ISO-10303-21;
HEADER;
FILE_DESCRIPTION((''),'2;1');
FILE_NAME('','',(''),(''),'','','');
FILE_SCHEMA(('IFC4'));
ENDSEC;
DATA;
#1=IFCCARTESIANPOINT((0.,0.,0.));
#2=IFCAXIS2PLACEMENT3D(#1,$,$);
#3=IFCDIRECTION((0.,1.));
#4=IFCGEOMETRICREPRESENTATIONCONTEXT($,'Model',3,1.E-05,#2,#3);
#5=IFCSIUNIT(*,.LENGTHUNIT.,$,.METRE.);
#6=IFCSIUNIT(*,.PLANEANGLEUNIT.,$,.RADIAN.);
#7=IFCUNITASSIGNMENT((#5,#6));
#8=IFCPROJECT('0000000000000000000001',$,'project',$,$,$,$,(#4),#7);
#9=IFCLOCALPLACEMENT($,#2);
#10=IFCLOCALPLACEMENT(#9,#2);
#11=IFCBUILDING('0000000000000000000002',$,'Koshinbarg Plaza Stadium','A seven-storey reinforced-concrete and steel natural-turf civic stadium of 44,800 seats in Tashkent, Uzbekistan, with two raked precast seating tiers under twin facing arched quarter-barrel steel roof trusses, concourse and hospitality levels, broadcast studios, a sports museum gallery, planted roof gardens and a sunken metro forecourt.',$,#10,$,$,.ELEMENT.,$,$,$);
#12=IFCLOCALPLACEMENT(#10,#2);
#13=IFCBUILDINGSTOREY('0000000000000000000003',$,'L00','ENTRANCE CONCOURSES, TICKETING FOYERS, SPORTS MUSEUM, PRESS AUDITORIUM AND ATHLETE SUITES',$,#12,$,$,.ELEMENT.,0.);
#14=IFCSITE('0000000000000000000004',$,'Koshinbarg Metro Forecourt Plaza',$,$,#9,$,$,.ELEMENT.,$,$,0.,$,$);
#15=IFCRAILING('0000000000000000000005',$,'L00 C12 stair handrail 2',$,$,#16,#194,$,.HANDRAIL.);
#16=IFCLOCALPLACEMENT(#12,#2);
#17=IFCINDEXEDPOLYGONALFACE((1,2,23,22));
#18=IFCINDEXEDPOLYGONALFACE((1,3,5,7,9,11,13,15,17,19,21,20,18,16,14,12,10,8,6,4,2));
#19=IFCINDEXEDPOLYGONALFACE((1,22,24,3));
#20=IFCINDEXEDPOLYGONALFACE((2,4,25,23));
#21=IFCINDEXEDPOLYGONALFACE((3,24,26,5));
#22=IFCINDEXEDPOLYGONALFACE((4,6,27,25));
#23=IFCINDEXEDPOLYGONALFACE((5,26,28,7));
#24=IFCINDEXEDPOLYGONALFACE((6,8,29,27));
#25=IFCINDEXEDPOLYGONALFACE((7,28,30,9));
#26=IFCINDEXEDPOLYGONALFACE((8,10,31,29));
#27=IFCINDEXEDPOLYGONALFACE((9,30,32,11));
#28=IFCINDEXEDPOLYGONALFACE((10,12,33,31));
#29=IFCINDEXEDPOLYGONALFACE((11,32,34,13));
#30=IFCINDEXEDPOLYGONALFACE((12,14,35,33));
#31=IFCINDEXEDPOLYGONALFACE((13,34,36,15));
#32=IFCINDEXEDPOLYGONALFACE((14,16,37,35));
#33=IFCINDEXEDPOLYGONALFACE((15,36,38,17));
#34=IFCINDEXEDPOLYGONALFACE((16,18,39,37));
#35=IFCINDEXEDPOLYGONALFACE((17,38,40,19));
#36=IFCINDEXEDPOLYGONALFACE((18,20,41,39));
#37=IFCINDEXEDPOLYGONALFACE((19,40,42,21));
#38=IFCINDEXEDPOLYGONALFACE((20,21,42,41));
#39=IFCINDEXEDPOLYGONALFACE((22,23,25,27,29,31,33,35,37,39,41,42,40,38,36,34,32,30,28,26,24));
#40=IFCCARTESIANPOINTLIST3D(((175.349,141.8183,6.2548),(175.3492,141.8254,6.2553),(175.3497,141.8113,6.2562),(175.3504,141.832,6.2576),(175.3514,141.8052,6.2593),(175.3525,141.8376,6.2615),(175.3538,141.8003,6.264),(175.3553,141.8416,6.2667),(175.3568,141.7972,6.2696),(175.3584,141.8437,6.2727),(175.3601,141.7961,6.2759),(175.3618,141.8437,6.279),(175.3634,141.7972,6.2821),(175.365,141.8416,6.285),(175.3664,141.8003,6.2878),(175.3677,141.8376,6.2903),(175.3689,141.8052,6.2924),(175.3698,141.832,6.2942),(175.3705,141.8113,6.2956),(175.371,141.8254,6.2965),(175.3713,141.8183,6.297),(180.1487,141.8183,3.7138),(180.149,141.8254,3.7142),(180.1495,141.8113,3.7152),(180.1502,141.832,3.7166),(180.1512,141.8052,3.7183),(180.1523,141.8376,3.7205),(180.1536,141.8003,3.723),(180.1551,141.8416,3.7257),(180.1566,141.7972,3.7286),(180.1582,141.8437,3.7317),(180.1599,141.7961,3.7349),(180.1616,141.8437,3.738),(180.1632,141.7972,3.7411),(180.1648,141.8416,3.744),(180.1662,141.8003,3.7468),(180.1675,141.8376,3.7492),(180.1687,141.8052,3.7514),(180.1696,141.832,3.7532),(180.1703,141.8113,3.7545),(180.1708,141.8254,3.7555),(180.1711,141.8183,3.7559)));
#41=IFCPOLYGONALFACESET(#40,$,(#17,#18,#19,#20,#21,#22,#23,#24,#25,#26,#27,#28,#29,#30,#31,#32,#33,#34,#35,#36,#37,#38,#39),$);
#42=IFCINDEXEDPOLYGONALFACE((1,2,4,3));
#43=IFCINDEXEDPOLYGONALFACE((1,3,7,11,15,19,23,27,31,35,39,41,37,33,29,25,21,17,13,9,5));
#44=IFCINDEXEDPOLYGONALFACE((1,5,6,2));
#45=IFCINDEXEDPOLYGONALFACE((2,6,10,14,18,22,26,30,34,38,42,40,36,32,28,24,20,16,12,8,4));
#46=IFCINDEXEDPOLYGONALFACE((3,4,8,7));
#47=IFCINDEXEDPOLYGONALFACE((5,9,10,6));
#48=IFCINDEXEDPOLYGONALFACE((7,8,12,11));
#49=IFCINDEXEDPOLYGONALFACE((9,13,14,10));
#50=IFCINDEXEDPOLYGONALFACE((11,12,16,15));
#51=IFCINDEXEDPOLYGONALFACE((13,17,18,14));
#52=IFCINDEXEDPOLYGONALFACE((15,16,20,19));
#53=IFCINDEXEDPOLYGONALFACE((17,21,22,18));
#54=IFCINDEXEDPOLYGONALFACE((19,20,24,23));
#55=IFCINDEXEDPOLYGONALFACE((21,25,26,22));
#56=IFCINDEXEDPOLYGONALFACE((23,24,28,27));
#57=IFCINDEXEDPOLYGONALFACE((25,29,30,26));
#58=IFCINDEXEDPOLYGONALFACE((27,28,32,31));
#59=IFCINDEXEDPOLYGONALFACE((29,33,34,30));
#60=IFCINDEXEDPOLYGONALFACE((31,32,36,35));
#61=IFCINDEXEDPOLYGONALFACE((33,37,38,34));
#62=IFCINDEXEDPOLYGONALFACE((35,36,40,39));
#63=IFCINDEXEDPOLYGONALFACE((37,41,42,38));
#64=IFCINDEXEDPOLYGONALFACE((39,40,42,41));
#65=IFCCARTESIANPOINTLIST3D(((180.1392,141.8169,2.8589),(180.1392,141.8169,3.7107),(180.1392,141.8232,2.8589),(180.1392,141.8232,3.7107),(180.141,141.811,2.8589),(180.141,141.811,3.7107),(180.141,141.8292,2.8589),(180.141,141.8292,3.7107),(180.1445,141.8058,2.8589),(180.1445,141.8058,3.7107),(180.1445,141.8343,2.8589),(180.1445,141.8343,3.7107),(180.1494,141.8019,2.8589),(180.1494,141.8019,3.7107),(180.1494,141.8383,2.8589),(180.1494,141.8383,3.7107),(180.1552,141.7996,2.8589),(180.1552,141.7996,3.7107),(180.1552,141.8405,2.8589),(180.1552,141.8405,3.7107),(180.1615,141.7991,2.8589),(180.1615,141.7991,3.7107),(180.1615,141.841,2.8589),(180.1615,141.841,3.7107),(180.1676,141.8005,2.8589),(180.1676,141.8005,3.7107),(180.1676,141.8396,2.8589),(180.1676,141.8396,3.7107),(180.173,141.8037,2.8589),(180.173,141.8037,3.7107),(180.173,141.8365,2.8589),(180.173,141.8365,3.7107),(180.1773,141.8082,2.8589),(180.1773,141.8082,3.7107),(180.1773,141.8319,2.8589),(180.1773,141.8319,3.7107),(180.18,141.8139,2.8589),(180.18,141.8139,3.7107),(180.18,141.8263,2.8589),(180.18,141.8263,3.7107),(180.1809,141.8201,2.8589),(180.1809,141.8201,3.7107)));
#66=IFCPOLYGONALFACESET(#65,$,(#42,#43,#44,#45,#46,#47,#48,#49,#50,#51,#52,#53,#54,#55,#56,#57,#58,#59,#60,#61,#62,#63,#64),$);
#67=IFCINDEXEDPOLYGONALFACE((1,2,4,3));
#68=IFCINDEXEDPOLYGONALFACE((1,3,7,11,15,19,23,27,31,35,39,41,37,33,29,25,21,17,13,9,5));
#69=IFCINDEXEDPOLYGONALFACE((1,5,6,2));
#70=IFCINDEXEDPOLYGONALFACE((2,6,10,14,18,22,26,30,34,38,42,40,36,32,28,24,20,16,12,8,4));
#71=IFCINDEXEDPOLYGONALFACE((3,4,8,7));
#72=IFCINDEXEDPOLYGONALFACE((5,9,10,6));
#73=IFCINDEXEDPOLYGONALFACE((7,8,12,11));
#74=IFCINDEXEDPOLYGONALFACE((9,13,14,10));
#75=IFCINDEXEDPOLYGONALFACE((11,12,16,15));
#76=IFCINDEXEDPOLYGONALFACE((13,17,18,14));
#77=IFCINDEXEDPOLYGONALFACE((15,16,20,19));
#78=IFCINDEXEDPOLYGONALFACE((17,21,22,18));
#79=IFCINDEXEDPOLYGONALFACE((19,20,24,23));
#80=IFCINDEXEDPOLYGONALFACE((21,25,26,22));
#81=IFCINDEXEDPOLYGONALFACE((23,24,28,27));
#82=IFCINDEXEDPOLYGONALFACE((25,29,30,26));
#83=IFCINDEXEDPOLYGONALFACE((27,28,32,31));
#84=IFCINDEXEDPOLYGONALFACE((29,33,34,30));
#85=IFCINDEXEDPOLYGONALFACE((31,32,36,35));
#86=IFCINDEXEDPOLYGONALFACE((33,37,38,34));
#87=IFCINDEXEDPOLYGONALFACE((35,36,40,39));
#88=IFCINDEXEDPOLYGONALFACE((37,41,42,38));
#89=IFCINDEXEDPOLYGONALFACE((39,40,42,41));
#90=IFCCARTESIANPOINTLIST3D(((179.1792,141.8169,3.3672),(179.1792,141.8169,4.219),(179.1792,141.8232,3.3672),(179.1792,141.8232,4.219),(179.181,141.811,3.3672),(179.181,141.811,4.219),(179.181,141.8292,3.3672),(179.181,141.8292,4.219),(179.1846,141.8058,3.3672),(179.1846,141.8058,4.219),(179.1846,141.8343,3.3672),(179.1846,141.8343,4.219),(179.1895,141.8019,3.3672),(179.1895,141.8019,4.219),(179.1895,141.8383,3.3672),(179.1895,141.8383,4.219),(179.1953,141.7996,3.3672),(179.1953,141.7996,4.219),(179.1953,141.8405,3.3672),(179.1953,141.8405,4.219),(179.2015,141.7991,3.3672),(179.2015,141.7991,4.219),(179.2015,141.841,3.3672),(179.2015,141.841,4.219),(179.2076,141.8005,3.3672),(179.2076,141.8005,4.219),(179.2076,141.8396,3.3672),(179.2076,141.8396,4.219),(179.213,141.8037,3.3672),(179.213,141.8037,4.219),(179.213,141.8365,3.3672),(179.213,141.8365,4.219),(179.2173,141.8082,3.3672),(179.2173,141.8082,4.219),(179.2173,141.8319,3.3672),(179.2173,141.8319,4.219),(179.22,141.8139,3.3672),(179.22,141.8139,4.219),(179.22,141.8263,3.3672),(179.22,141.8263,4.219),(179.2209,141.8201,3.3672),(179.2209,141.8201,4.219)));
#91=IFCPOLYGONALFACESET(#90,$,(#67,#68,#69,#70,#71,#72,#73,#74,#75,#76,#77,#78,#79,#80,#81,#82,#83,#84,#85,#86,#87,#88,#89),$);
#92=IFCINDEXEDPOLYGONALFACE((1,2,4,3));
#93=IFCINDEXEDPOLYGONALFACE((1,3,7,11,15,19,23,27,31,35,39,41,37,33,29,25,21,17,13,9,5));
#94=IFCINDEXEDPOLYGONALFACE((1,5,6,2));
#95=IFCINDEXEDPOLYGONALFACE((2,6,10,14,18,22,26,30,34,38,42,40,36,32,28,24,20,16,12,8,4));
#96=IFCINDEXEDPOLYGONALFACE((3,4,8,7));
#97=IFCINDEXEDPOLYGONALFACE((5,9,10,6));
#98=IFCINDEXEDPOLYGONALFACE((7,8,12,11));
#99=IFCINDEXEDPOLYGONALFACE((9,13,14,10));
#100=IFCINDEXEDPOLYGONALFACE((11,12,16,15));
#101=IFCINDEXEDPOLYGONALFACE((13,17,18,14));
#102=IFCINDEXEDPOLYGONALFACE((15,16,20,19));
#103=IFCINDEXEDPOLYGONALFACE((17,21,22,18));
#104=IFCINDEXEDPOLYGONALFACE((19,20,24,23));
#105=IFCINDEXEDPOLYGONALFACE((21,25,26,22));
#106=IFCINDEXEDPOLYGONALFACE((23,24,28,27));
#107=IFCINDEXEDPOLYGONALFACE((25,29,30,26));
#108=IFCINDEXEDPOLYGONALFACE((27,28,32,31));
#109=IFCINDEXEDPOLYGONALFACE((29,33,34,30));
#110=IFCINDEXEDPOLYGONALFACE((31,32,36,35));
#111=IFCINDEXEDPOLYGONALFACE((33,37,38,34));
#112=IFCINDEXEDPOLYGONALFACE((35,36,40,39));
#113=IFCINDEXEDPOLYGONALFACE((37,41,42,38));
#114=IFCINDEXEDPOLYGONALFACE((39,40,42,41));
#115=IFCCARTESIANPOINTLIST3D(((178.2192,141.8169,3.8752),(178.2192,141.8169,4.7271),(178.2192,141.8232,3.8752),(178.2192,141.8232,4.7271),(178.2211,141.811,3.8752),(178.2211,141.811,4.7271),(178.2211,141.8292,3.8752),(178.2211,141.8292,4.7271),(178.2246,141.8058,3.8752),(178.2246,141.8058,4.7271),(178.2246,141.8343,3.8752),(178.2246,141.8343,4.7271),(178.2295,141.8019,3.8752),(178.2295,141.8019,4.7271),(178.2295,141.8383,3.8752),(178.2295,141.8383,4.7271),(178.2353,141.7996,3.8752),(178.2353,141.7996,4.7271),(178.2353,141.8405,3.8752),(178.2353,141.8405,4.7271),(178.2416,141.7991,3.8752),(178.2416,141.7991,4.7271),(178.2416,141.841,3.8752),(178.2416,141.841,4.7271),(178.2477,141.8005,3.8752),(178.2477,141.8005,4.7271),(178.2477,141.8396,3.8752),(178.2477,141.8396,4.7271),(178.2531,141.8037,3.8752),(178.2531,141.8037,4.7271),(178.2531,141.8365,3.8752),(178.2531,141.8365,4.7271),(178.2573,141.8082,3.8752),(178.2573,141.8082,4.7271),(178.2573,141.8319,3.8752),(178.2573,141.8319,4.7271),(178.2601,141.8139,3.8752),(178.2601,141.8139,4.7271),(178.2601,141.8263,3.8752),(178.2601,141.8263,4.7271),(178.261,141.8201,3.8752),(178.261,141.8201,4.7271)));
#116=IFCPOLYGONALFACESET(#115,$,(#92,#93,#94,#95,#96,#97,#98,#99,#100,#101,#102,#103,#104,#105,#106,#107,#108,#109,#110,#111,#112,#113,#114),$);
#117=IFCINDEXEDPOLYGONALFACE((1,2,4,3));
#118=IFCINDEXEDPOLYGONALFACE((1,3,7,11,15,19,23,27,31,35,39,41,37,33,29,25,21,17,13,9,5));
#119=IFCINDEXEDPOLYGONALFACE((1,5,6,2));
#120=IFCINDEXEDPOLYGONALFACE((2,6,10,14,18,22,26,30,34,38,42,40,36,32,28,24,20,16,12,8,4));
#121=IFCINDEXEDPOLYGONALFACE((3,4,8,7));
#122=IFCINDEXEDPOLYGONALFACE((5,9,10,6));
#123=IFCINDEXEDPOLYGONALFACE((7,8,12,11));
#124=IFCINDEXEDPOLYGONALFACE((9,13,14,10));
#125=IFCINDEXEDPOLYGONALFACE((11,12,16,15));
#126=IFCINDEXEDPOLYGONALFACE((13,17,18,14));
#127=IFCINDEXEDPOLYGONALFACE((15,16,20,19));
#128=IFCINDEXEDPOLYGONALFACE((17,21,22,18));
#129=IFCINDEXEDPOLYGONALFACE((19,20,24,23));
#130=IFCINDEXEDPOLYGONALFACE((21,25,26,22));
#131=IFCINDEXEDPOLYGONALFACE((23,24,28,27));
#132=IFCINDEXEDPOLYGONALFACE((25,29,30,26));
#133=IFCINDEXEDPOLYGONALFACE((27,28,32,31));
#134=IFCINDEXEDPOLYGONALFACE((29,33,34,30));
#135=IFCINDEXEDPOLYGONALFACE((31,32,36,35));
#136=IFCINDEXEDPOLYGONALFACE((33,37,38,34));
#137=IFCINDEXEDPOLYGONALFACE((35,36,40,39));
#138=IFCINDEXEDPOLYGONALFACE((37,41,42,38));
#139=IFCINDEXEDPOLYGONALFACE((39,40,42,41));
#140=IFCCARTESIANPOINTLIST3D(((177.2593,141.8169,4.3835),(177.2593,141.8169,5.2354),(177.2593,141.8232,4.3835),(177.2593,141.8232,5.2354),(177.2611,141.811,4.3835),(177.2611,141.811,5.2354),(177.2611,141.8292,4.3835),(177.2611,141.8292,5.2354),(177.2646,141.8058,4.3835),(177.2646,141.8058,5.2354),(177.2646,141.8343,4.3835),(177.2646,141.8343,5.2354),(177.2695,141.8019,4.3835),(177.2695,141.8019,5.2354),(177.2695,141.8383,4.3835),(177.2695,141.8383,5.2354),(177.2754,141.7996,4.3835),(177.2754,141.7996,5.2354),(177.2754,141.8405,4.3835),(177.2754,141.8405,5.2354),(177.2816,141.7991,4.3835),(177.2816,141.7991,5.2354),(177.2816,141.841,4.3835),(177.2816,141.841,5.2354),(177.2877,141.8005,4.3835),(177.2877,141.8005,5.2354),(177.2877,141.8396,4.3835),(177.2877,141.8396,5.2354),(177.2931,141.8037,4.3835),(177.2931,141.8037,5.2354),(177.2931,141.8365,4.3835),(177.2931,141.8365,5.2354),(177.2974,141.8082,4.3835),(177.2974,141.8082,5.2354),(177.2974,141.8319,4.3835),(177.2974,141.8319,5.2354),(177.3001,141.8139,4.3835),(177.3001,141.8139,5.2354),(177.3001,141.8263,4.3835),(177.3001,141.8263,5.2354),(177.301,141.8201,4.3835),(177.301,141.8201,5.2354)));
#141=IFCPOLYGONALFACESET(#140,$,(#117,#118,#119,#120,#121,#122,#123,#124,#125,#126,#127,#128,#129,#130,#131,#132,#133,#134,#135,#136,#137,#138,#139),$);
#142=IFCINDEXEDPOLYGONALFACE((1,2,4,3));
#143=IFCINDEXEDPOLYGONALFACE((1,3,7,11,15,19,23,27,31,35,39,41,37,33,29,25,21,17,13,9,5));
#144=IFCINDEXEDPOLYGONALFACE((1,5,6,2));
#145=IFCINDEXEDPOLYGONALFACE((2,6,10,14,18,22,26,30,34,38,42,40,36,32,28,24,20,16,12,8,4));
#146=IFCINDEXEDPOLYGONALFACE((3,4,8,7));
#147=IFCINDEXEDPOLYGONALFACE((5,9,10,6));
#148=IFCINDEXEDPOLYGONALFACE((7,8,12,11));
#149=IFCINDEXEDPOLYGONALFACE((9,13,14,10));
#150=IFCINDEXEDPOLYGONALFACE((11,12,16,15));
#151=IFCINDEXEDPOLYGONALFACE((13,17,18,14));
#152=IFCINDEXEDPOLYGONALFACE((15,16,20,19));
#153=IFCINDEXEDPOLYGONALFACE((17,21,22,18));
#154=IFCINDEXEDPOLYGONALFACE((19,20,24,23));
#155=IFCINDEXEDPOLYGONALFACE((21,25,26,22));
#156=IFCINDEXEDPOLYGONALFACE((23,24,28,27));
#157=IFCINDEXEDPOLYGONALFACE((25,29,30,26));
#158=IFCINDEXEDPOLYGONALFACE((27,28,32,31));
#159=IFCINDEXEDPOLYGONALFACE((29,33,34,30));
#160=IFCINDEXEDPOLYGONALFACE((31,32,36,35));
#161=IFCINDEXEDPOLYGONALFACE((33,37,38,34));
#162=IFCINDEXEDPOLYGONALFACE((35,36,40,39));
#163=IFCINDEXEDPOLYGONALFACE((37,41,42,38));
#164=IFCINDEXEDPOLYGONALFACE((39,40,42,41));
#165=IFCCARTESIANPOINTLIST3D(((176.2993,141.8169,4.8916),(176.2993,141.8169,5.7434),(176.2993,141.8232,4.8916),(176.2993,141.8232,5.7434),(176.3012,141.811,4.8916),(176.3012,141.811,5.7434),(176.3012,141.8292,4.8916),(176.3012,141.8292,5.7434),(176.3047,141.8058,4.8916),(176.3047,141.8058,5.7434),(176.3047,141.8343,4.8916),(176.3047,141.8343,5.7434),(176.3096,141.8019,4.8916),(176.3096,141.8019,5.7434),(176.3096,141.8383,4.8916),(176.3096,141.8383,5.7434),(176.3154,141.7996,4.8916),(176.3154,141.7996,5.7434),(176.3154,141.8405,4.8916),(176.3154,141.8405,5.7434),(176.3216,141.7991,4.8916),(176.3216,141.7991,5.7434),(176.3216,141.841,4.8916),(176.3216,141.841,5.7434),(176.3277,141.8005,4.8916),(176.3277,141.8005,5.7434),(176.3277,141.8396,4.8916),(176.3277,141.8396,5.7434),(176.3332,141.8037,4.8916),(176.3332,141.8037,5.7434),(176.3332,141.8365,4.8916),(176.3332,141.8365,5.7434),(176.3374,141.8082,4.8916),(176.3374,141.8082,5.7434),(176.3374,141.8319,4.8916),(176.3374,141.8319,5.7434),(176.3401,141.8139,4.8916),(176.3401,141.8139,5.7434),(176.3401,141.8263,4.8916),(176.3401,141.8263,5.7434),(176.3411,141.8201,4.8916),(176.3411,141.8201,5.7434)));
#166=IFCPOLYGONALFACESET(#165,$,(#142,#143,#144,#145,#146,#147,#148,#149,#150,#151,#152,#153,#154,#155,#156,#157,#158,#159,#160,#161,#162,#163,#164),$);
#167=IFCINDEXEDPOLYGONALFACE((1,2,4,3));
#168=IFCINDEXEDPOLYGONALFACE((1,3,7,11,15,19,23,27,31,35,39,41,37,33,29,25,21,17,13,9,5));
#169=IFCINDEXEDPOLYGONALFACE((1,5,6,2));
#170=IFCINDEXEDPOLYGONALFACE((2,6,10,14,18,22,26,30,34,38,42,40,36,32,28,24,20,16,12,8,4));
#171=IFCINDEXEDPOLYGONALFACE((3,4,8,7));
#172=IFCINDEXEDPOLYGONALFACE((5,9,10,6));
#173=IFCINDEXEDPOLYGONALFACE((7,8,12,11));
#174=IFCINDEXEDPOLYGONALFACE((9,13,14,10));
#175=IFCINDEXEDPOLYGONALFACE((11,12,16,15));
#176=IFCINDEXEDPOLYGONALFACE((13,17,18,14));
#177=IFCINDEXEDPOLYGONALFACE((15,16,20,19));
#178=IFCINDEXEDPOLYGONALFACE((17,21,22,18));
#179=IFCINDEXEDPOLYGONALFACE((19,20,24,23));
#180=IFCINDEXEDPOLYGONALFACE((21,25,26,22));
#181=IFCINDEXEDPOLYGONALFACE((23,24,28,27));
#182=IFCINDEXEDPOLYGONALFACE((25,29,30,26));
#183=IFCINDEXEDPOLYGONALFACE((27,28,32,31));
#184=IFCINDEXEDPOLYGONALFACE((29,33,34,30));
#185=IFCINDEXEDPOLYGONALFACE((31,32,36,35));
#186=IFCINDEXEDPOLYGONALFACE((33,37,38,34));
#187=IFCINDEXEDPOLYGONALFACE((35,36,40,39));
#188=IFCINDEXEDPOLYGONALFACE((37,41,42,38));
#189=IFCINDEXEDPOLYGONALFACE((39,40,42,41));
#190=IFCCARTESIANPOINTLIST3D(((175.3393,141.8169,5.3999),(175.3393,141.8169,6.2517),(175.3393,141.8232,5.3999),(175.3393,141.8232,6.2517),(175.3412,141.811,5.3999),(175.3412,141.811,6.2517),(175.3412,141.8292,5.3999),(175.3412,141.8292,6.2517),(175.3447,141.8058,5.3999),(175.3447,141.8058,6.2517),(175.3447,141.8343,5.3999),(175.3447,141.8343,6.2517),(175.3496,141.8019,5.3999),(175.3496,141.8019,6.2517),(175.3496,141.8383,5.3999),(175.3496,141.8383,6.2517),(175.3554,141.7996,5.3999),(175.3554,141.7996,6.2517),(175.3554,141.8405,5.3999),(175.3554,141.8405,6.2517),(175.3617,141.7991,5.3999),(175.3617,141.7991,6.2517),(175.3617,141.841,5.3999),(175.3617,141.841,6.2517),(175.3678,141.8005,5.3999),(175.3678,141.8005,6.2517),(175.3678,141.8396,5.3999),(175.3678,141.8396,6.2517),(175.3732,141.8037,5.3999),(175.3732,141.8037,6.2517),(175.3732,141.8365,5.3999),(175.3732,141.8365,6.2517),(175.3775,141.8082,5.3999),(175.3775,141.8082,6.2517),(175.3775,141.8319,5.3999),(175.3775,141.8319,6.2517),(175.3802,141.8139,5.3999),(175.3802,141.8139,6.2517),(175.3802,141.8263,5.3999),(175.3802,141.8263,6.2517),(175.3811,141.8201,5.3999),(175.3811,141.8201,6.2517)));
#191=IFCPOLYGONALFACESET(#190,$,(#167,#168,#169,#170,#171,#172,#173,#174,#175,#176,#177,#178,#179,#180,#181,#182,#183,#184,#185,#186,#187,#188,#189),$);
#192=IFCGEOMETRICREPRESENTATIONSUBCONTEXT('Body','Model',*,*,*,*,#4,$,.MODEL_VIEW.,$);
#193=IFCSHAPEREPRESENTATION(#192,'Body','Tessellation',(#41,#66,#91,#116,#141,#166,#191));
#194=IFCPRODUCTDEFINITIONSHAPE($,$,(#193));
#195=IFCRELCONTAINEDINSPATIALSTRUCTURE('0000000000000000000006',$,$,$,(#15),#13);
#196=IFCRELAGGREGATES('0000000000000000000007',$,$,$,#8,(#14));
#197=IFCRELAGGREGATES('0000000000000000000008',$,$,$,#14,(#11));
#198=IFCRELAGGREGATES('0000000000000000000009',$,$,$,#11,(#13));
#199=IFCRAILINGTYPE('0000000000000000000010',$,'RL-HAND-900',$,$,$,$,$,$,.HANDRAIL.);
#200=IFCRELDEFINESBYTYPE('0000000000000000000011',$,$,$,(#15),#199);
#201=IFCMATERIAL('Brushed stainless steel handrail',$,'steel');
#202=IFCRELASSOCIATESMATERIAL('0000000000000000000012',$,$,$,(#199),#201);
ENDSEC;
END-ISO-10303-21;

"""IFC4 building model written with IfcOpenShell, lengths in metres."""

from ifc_helpers import new_model, si_unit, direction, frame, origin, origin_2d, place, context, subcontext, project, spatial, circle, extrude, material, type_object, element, save


model = new_model("IFC4")

# Units and contexts
model_context = context("Model", 3, precision=1e-05, world=origin(), true_north=direction((0.0, 1.0)))
body_context = subcontext(model_context, "Body", "Model", "MODEL_VIEW")
ifc_project = project(units=[si_unit("LENGTHUNIT", "METRE"), si_unit("PLANEANGLEUNIT", "RADIAN")], contexts=[model_context])

# Site, building, storey
site_placement = place(None, origin())
site = spatial("IfcSite", under=ifc_project, at=site_placement, Name="Koshinbarg Metro Forecourt Plaza", CompositionType="ELEMENT", RefElevation=0.0)
building_placement = place(site_placement, origin())
building = spatial("IfcBuilding", under=site, at=building_placement, Name="Koshinbarg Plaza Stadium", Description="A seven-storey reinforced-concrete and steel natural-turf civic stadium of 44,800 seats in Tashkent, Uzbekistan, with two raked precast seating tiers under twin facing arched quarter-barrel steel roof trusses, concourse and hospitality levels, broadcast studios, a sports museum gallery, planted roof gardens and a sunken metro forecourt.", CompositionType="ELEMENT")
storey_placement = place(building_placement, origin())
storey = spatial("IfcBuildingStorey", under=building, at=storey_placement, Name="L00", Description="ENTRANCE CONCOURSES, TICKETING FOYERS, SPORTS MUSEUM, PRESS AUDITORIUM AND ATHLETE SUITES", CompositionType="ELEMENT", Elevation=0.0)

# Railing
ifc_material_1 = material(Name="Brushed stainless steel handrail", Category="steel")
railing_type_1 = type_object("IfcRailingType", Name="RL-HAND-900", PredefinedType="HANDRAIL", material=ifc_material_1)
railing_1_placement = place(storey_placement, frame((180.1599, 141.8201, 2.8589)))
element("IfcRailing", 1, at=railing_1_placement, inside=storey, type_object=railing_type_1, Name="L00 C12 stair handrail 2", PredefinedType="HANDRAIL", context=body_context, shape_type="SweptSolid", body=[
    extrude(circle(Radius=0.0239, at=origin_2d()), frame((0.0, 0.0, 0.876), z_axis=(-0.883792, 0.0, 0.467879), x_axis=(0.0, -1.0, 0.0)), (0.0, 0.0, 1.0), 5.4309),
    extrude(circle(Radius=0.021, at=origin_2d()), origin(), (0.0, 0.0, 1.0), 0.8518),
    extrude(circle(Radius=0.021, at=origin_2d()), frame((-0.96, 0.0, 0.5083)), (0.0, 0.0, 1.0), 0.8518),
    extrude(circle(Radius=0.021, at=origin_2d()), frame((-1.9199, 0.0, 1.0164)), (0.0, 0.0, 1.0), 0.8518),
    extrude(circle(Radius=0.021, at=origin_2d()), frame((-2.8799, 0.0, 1.5247)), (0.0, 0.0, 1.0), 0.8518),
    extrude(circle(Radius=0.021, at=origin_2d()), frame((-3.8398, 0.0, 2.0327)), (0.0, 0.0, 1.0), 0.8518),
    extrude(circle(Radius=0.021, at=origin_2d()), frame((-4.7998, 0.0, 2.541)), (0.0, 0.0, 1.0), 0.8518),
])

save(model, "model.ifc")
